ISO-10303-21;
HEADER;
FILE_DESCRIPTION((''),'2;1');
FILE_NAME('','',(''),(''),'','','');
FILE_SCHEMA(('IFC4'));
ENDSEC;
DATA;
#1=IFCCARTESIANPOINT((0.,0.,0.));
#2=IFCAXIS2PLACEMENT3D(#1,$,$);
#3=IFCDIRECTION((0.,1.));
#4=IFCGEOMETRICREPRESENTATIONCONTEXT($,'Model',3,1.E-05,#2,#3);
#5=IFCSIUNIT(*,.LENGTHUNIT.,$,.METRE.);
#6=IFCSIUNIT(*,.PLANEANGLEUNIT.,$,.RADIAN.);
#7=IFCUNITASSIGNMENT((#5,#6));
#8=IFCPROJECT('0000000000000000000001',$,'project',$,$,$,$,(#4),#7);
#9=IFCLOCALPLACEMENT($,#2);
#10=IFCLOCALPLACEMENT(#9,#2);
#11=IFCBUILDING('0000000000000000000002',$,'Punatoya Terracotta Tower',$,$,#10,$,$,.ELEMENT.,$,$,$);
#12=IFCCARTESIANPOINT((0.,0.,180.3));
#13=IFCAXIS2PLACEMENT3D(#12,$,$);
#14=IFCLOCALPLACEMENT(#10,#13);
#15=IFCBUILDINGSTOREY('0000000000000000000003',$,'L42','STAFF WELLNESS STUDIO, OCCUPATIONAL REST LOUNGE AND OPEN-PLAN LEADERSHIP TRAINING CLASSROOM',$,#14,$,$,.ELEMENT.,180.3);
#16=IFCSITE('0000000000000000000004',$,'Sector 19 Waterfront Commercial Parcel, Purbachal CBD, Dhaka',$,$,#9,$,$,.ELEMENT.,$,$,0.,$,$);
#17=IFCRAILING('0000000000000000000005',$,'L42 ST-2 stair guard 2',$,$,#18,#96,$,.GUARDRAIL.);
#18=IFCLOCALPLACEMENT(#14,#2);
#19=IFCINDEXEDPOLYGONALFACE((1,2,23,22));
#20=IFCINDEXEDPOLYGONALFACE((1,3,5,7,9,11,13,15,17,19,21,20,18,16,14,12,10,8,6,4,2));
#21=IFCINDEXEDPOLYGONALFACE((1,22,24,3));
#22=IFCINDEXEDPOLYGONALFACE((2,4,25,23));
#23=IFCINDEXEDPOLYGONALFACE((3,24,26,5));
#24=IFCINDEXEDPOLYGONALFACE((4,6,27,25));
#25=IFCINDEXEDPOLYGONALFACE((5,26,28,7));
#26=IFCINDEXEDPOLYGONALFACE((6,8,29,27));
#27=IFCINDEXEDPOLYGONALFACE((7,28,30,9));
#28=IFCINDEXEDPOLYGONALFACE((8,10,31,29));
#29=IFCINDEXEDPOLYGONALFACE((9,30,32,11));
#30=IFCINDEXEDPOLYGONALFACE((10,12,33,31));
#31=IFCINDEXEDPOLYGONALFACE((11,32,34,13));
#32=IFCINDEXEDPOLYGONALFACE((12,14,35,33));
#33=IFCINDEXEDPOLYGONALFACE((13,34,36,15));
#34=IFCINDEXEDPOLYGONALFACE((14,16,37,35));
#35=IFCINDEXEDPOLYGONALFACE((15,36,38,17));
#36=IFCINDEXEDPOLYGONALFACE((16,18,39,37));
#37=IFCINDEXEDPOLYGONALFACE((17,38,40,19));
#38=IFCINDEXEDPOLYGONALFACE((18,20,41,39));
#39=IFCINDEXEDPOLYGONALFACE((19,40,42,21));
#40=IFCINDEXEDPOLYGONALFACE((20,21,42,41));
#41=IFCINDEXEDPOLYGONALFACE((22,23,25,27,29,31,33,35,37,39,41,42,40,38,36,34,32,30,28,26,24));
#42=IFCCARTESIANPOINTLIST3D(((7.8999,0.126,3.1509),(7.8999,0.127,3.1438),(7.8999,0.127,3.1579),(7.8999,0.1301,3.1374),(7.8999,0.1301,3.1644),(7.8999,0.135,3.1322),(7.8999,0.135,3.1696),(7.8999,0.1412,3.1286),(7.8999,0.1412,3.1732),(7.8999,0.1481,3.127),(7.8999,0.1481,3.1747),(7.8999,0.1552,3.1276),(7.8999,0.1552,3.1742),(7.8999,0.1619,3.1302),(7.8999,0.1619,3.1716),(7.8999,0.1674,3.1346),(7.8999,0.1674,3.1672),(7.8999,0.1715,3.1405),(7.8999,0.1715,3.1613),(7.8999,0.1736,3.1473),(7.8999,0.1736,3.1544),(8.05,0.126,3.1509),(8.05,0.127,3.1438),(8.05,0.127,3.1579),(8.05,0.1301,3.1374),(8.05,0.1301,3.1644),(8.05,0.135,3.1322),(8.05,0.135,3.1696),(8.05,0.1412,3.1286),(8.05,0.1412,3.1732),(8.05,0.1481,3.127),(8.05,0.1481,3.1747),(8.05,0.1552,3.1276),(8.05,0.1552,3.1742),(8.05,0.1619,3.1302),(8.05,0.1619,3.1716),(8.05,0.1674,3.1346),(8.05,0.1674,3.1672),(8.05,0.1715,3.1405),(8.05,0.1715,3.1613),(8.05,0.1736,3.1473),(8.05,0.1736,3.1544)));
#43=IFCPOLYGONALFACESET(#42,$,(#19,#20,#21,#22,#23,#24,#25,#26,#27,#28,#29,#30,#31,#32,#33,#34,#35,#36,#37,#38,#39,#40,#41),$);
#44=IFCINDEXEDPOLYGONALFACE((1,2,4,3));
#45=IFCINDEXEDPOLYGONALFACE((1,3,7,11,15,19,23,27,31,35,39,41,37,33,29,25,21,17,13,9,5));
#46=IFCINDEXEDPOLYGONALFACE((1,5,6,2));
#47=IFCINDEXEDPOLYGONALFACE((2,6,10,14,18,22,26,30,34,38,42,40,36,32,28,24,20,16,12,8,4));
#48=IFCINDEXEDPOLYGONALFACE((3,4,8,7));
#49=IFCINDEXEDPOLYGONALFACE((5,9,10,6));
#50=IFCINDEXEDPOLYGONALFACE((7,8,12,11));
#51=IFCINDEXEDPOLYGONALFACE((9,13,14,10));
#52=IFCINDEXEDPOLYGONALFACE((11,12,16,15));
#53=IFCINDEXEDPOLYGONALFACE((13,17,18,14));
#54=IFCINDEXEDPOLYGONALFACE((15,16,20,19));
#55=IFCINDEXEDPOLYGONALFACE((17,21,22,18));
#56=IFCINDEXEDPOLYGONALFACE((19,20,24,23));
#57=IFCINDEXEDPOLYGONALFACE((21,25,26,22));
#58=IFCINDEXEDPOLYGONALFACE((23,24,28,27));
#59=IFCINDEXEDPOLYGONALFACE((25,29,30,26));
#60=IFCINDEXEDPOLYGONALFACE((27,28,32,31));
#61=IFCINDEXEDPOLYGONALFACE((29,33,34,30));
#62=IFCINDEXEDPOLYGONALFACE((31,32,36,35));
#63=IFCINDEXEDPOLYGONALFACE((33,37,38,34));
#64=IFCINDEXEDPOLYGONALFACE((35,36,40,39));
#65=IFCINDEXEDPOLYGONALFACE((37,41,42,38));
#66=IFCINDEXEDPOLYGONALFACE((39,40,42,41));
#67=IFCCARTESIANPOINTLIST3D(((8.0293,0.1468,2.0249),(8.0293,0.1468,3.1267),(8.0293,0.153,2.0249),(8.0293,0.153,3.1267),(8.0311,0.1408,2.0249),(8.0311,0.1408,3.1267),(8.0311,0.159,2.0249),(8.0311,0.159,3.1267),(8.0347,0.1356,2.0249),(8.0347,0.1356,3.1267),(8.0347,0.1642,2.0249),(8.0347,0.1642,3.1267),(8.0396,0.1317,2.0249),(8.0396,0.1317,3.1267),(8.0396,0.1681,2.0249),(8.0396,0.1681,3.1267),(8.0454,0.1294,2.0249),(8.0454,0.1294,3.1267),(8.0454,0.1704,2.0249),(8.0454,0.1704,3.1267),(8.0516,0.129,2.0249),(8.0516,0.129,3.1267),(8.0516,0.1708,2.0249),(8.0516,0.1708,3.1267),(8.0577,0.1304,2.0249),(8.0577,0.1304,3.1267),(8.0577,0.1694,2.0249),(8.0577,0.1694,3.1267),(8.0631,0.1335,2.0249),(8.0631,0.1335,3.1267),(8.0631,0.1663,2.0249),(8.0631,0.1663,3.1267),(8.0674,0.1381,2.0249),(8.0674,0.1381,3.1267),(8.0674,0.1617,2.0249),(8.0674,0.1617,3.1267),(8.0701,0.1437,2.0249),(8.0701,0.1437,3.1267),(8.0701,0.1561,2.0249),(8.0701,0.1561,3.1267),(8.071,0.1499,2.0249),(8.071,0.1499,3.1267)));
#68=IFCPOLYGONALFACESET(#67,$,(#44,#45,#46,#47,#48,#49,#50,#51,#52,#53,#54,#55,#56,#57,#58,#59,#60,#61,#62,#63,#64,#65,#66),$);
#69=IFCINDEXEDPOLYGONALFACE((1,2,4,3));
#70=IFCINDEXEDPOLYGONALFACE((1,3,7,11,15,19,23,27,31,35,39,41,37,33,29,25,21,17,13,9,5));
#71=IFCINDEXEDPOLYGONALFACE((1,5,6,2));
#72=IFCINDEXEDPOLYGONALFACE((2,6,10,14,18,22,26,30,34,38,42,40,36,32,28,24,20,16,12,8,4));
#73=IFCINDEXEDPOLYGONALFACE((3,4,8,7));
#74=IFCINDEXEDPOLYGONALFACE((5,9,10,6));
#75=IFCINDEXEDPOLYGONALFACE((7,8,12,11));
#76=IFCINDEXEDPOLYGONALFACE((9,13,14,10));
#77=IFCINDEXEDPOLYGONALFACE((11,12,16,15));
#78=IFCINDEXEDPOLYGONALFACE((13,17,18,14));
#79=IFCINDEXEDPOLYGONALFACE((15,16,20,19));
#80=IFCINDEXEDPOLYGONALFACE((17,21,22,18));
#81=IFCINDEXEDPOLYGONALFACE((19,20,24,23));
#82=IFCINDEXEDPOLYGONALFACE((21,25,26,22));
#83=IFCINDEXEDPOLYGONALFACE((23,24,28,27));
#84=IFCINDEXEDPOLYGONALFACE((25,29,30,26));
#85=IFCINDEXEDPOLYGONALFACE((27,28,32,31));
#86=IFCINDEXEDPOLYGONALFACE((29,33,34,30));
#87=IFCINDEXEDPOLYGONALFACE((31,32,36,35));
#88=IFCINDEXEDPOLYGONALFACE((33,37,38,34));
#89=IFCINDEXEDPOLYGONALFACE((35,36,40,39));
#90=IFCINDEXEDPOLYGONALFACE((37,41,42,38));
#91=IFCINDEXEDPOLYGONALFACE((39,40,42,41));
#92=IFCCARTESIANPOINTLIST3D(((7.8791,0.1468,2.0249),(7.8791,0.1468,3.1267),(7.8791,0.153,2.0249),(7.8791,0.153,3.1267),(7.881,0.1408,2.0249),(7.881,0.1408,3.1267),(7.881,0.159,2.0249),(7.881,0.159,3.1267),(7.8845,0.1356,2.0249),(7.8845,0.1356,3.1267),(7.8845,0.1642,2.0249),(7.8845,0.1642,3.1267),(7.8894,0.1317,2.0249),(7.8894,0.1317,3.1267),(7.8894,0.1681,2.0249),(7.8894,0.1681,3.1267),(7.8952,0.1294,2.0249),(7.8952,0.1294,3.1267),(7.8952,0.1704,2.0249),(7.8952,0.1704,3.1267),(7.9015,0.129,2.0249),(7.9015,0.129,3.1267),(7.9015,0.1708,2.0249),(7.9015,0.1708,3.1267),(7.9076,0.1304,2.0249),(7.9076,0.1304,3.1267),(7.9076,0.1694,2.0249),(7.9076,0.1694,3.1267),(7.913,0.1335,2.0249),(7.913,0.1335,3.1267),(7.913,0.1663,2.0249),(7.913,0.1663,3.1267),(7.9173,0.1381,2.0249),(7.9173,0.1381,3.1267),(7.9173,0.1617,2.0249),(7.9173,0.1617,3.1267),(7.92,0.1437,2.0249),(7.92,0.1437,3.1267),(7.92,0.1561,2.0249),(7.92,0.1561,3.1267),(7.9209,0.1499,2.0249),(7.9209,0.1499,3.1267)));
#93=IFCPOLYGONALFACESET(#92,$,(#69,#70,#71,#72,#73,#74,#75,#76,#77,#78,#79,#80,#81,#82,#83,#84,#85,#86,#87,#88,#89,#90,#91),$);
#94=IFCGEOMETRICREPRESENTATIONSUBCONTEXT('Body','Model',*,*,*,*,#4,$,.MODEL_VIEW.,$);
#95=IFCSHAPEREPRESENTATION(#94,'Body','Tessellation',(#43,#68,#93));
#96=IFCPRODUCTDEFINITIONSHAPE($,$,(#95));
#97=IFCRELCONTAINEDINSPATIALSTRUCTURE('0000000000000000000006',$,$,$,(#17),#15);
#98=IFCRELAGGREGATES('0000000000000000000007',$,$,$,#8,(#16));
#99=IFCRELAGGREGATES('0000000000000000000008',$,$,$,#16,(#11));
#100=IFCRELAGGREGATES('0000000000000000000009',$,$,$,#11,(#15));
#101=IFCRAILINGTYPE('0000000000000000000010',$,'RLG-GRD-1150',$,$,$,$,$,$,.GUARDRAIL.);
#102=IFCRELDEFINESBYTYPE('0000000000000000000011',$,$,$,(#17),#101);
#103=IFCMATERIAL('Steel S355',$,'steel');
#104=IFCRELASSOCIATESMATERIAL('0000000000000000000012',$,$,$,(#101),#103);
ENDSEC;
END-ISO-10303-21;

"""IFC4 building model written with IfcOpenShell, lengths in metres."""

from ifc_helpers import new_model, si_unit, direction, frame, origin, origin_2d, place, context, subcontext, project, spatial, circle, extrude, material, type_object, element, save


model = new_model("IFC4")

# Units and contexts
model_context = context("Model", 3, precision=1e-05, world=origin(), true_north=direction((0.0, 1.0)))
body_context = subcontext(model_context, "Body", "Model", "MODEL_VIEW")
ifc_project = project(units=[si_unit("LENGTHUNIT", "METRE"), si_unit("PLANEANGLEUNIT", "RADIAN")], contexts=[model_context])

# Site, building, storey
site_placement = place(None, origin())
site = spatial("IfcSite", under=ifc_project, at=site_placement, Name="Sector 19 Waterfront Commercial Parcel, Purbachal CBD, Dhaka", CompositionType="ELEMENT", RefElevation=0.0)
building_placement = place(site_placement, origin())
building = spatial("IfcBuilding", under=site, at=building_placement, Name="Punatoya Terracotta Tower", CompositionType="ELEMENT")
storey_placement = place(building_placement, frame((0.0, 0.0, 180.3)))
storey = spatial("IfcBuildingStorey", under=building, at=storey_placement, Name="L42", Description="STAFF WELLNESS STUDIO, OCCUPATIONAL REST LOUNGE AND OPEN-PLAN LEADERSHIP TRAINING CLASSROOM", CompositionType="ELEMENT", Elevation=180.3)

# Shared definitions
ifc_material_1 = material(Name="Steel S355", Category="steel")

# Railing
railing_type_1 = type_object("IfcRailingType", Name="RLG-GRD-1150", PredefinedType="GUARDRAIL", material=ifc_material_1)
railing_1_placement = place(storey_placement, frame((8.05, 0.1499, 2.0249)))
element("IfcRailing", 1, at=railing_1_placement, inside=storey, type_object=railing_type_1, Name="L42 ST-2 stair guard 2", PredefinedType="GUARDRAIL", context=body_context, shape_type="SweptSolid", body=[
    extrude(circle(Radius=0.0239, at=origin_2d()), frame((0.0, 0.0, 1.126), z_axis=(-1.0, 0.0, 0.0), x_axis=(0.0, -1.0, 0.0)), (0.0, 0.0, 1.0), 0.1501),
    extrude(circle(Radius=0.021, at=origin_2d()), origin(), (0.0, 0.0, 1.0), 1.1018),
    extrude(circle(Radius=0.021, at=origin_2d()), frame((-0.1501, 0.0, 0.0)), (0.0, 0.0, 1.0), 1.1018),
])

save(model, "model.ifc")
